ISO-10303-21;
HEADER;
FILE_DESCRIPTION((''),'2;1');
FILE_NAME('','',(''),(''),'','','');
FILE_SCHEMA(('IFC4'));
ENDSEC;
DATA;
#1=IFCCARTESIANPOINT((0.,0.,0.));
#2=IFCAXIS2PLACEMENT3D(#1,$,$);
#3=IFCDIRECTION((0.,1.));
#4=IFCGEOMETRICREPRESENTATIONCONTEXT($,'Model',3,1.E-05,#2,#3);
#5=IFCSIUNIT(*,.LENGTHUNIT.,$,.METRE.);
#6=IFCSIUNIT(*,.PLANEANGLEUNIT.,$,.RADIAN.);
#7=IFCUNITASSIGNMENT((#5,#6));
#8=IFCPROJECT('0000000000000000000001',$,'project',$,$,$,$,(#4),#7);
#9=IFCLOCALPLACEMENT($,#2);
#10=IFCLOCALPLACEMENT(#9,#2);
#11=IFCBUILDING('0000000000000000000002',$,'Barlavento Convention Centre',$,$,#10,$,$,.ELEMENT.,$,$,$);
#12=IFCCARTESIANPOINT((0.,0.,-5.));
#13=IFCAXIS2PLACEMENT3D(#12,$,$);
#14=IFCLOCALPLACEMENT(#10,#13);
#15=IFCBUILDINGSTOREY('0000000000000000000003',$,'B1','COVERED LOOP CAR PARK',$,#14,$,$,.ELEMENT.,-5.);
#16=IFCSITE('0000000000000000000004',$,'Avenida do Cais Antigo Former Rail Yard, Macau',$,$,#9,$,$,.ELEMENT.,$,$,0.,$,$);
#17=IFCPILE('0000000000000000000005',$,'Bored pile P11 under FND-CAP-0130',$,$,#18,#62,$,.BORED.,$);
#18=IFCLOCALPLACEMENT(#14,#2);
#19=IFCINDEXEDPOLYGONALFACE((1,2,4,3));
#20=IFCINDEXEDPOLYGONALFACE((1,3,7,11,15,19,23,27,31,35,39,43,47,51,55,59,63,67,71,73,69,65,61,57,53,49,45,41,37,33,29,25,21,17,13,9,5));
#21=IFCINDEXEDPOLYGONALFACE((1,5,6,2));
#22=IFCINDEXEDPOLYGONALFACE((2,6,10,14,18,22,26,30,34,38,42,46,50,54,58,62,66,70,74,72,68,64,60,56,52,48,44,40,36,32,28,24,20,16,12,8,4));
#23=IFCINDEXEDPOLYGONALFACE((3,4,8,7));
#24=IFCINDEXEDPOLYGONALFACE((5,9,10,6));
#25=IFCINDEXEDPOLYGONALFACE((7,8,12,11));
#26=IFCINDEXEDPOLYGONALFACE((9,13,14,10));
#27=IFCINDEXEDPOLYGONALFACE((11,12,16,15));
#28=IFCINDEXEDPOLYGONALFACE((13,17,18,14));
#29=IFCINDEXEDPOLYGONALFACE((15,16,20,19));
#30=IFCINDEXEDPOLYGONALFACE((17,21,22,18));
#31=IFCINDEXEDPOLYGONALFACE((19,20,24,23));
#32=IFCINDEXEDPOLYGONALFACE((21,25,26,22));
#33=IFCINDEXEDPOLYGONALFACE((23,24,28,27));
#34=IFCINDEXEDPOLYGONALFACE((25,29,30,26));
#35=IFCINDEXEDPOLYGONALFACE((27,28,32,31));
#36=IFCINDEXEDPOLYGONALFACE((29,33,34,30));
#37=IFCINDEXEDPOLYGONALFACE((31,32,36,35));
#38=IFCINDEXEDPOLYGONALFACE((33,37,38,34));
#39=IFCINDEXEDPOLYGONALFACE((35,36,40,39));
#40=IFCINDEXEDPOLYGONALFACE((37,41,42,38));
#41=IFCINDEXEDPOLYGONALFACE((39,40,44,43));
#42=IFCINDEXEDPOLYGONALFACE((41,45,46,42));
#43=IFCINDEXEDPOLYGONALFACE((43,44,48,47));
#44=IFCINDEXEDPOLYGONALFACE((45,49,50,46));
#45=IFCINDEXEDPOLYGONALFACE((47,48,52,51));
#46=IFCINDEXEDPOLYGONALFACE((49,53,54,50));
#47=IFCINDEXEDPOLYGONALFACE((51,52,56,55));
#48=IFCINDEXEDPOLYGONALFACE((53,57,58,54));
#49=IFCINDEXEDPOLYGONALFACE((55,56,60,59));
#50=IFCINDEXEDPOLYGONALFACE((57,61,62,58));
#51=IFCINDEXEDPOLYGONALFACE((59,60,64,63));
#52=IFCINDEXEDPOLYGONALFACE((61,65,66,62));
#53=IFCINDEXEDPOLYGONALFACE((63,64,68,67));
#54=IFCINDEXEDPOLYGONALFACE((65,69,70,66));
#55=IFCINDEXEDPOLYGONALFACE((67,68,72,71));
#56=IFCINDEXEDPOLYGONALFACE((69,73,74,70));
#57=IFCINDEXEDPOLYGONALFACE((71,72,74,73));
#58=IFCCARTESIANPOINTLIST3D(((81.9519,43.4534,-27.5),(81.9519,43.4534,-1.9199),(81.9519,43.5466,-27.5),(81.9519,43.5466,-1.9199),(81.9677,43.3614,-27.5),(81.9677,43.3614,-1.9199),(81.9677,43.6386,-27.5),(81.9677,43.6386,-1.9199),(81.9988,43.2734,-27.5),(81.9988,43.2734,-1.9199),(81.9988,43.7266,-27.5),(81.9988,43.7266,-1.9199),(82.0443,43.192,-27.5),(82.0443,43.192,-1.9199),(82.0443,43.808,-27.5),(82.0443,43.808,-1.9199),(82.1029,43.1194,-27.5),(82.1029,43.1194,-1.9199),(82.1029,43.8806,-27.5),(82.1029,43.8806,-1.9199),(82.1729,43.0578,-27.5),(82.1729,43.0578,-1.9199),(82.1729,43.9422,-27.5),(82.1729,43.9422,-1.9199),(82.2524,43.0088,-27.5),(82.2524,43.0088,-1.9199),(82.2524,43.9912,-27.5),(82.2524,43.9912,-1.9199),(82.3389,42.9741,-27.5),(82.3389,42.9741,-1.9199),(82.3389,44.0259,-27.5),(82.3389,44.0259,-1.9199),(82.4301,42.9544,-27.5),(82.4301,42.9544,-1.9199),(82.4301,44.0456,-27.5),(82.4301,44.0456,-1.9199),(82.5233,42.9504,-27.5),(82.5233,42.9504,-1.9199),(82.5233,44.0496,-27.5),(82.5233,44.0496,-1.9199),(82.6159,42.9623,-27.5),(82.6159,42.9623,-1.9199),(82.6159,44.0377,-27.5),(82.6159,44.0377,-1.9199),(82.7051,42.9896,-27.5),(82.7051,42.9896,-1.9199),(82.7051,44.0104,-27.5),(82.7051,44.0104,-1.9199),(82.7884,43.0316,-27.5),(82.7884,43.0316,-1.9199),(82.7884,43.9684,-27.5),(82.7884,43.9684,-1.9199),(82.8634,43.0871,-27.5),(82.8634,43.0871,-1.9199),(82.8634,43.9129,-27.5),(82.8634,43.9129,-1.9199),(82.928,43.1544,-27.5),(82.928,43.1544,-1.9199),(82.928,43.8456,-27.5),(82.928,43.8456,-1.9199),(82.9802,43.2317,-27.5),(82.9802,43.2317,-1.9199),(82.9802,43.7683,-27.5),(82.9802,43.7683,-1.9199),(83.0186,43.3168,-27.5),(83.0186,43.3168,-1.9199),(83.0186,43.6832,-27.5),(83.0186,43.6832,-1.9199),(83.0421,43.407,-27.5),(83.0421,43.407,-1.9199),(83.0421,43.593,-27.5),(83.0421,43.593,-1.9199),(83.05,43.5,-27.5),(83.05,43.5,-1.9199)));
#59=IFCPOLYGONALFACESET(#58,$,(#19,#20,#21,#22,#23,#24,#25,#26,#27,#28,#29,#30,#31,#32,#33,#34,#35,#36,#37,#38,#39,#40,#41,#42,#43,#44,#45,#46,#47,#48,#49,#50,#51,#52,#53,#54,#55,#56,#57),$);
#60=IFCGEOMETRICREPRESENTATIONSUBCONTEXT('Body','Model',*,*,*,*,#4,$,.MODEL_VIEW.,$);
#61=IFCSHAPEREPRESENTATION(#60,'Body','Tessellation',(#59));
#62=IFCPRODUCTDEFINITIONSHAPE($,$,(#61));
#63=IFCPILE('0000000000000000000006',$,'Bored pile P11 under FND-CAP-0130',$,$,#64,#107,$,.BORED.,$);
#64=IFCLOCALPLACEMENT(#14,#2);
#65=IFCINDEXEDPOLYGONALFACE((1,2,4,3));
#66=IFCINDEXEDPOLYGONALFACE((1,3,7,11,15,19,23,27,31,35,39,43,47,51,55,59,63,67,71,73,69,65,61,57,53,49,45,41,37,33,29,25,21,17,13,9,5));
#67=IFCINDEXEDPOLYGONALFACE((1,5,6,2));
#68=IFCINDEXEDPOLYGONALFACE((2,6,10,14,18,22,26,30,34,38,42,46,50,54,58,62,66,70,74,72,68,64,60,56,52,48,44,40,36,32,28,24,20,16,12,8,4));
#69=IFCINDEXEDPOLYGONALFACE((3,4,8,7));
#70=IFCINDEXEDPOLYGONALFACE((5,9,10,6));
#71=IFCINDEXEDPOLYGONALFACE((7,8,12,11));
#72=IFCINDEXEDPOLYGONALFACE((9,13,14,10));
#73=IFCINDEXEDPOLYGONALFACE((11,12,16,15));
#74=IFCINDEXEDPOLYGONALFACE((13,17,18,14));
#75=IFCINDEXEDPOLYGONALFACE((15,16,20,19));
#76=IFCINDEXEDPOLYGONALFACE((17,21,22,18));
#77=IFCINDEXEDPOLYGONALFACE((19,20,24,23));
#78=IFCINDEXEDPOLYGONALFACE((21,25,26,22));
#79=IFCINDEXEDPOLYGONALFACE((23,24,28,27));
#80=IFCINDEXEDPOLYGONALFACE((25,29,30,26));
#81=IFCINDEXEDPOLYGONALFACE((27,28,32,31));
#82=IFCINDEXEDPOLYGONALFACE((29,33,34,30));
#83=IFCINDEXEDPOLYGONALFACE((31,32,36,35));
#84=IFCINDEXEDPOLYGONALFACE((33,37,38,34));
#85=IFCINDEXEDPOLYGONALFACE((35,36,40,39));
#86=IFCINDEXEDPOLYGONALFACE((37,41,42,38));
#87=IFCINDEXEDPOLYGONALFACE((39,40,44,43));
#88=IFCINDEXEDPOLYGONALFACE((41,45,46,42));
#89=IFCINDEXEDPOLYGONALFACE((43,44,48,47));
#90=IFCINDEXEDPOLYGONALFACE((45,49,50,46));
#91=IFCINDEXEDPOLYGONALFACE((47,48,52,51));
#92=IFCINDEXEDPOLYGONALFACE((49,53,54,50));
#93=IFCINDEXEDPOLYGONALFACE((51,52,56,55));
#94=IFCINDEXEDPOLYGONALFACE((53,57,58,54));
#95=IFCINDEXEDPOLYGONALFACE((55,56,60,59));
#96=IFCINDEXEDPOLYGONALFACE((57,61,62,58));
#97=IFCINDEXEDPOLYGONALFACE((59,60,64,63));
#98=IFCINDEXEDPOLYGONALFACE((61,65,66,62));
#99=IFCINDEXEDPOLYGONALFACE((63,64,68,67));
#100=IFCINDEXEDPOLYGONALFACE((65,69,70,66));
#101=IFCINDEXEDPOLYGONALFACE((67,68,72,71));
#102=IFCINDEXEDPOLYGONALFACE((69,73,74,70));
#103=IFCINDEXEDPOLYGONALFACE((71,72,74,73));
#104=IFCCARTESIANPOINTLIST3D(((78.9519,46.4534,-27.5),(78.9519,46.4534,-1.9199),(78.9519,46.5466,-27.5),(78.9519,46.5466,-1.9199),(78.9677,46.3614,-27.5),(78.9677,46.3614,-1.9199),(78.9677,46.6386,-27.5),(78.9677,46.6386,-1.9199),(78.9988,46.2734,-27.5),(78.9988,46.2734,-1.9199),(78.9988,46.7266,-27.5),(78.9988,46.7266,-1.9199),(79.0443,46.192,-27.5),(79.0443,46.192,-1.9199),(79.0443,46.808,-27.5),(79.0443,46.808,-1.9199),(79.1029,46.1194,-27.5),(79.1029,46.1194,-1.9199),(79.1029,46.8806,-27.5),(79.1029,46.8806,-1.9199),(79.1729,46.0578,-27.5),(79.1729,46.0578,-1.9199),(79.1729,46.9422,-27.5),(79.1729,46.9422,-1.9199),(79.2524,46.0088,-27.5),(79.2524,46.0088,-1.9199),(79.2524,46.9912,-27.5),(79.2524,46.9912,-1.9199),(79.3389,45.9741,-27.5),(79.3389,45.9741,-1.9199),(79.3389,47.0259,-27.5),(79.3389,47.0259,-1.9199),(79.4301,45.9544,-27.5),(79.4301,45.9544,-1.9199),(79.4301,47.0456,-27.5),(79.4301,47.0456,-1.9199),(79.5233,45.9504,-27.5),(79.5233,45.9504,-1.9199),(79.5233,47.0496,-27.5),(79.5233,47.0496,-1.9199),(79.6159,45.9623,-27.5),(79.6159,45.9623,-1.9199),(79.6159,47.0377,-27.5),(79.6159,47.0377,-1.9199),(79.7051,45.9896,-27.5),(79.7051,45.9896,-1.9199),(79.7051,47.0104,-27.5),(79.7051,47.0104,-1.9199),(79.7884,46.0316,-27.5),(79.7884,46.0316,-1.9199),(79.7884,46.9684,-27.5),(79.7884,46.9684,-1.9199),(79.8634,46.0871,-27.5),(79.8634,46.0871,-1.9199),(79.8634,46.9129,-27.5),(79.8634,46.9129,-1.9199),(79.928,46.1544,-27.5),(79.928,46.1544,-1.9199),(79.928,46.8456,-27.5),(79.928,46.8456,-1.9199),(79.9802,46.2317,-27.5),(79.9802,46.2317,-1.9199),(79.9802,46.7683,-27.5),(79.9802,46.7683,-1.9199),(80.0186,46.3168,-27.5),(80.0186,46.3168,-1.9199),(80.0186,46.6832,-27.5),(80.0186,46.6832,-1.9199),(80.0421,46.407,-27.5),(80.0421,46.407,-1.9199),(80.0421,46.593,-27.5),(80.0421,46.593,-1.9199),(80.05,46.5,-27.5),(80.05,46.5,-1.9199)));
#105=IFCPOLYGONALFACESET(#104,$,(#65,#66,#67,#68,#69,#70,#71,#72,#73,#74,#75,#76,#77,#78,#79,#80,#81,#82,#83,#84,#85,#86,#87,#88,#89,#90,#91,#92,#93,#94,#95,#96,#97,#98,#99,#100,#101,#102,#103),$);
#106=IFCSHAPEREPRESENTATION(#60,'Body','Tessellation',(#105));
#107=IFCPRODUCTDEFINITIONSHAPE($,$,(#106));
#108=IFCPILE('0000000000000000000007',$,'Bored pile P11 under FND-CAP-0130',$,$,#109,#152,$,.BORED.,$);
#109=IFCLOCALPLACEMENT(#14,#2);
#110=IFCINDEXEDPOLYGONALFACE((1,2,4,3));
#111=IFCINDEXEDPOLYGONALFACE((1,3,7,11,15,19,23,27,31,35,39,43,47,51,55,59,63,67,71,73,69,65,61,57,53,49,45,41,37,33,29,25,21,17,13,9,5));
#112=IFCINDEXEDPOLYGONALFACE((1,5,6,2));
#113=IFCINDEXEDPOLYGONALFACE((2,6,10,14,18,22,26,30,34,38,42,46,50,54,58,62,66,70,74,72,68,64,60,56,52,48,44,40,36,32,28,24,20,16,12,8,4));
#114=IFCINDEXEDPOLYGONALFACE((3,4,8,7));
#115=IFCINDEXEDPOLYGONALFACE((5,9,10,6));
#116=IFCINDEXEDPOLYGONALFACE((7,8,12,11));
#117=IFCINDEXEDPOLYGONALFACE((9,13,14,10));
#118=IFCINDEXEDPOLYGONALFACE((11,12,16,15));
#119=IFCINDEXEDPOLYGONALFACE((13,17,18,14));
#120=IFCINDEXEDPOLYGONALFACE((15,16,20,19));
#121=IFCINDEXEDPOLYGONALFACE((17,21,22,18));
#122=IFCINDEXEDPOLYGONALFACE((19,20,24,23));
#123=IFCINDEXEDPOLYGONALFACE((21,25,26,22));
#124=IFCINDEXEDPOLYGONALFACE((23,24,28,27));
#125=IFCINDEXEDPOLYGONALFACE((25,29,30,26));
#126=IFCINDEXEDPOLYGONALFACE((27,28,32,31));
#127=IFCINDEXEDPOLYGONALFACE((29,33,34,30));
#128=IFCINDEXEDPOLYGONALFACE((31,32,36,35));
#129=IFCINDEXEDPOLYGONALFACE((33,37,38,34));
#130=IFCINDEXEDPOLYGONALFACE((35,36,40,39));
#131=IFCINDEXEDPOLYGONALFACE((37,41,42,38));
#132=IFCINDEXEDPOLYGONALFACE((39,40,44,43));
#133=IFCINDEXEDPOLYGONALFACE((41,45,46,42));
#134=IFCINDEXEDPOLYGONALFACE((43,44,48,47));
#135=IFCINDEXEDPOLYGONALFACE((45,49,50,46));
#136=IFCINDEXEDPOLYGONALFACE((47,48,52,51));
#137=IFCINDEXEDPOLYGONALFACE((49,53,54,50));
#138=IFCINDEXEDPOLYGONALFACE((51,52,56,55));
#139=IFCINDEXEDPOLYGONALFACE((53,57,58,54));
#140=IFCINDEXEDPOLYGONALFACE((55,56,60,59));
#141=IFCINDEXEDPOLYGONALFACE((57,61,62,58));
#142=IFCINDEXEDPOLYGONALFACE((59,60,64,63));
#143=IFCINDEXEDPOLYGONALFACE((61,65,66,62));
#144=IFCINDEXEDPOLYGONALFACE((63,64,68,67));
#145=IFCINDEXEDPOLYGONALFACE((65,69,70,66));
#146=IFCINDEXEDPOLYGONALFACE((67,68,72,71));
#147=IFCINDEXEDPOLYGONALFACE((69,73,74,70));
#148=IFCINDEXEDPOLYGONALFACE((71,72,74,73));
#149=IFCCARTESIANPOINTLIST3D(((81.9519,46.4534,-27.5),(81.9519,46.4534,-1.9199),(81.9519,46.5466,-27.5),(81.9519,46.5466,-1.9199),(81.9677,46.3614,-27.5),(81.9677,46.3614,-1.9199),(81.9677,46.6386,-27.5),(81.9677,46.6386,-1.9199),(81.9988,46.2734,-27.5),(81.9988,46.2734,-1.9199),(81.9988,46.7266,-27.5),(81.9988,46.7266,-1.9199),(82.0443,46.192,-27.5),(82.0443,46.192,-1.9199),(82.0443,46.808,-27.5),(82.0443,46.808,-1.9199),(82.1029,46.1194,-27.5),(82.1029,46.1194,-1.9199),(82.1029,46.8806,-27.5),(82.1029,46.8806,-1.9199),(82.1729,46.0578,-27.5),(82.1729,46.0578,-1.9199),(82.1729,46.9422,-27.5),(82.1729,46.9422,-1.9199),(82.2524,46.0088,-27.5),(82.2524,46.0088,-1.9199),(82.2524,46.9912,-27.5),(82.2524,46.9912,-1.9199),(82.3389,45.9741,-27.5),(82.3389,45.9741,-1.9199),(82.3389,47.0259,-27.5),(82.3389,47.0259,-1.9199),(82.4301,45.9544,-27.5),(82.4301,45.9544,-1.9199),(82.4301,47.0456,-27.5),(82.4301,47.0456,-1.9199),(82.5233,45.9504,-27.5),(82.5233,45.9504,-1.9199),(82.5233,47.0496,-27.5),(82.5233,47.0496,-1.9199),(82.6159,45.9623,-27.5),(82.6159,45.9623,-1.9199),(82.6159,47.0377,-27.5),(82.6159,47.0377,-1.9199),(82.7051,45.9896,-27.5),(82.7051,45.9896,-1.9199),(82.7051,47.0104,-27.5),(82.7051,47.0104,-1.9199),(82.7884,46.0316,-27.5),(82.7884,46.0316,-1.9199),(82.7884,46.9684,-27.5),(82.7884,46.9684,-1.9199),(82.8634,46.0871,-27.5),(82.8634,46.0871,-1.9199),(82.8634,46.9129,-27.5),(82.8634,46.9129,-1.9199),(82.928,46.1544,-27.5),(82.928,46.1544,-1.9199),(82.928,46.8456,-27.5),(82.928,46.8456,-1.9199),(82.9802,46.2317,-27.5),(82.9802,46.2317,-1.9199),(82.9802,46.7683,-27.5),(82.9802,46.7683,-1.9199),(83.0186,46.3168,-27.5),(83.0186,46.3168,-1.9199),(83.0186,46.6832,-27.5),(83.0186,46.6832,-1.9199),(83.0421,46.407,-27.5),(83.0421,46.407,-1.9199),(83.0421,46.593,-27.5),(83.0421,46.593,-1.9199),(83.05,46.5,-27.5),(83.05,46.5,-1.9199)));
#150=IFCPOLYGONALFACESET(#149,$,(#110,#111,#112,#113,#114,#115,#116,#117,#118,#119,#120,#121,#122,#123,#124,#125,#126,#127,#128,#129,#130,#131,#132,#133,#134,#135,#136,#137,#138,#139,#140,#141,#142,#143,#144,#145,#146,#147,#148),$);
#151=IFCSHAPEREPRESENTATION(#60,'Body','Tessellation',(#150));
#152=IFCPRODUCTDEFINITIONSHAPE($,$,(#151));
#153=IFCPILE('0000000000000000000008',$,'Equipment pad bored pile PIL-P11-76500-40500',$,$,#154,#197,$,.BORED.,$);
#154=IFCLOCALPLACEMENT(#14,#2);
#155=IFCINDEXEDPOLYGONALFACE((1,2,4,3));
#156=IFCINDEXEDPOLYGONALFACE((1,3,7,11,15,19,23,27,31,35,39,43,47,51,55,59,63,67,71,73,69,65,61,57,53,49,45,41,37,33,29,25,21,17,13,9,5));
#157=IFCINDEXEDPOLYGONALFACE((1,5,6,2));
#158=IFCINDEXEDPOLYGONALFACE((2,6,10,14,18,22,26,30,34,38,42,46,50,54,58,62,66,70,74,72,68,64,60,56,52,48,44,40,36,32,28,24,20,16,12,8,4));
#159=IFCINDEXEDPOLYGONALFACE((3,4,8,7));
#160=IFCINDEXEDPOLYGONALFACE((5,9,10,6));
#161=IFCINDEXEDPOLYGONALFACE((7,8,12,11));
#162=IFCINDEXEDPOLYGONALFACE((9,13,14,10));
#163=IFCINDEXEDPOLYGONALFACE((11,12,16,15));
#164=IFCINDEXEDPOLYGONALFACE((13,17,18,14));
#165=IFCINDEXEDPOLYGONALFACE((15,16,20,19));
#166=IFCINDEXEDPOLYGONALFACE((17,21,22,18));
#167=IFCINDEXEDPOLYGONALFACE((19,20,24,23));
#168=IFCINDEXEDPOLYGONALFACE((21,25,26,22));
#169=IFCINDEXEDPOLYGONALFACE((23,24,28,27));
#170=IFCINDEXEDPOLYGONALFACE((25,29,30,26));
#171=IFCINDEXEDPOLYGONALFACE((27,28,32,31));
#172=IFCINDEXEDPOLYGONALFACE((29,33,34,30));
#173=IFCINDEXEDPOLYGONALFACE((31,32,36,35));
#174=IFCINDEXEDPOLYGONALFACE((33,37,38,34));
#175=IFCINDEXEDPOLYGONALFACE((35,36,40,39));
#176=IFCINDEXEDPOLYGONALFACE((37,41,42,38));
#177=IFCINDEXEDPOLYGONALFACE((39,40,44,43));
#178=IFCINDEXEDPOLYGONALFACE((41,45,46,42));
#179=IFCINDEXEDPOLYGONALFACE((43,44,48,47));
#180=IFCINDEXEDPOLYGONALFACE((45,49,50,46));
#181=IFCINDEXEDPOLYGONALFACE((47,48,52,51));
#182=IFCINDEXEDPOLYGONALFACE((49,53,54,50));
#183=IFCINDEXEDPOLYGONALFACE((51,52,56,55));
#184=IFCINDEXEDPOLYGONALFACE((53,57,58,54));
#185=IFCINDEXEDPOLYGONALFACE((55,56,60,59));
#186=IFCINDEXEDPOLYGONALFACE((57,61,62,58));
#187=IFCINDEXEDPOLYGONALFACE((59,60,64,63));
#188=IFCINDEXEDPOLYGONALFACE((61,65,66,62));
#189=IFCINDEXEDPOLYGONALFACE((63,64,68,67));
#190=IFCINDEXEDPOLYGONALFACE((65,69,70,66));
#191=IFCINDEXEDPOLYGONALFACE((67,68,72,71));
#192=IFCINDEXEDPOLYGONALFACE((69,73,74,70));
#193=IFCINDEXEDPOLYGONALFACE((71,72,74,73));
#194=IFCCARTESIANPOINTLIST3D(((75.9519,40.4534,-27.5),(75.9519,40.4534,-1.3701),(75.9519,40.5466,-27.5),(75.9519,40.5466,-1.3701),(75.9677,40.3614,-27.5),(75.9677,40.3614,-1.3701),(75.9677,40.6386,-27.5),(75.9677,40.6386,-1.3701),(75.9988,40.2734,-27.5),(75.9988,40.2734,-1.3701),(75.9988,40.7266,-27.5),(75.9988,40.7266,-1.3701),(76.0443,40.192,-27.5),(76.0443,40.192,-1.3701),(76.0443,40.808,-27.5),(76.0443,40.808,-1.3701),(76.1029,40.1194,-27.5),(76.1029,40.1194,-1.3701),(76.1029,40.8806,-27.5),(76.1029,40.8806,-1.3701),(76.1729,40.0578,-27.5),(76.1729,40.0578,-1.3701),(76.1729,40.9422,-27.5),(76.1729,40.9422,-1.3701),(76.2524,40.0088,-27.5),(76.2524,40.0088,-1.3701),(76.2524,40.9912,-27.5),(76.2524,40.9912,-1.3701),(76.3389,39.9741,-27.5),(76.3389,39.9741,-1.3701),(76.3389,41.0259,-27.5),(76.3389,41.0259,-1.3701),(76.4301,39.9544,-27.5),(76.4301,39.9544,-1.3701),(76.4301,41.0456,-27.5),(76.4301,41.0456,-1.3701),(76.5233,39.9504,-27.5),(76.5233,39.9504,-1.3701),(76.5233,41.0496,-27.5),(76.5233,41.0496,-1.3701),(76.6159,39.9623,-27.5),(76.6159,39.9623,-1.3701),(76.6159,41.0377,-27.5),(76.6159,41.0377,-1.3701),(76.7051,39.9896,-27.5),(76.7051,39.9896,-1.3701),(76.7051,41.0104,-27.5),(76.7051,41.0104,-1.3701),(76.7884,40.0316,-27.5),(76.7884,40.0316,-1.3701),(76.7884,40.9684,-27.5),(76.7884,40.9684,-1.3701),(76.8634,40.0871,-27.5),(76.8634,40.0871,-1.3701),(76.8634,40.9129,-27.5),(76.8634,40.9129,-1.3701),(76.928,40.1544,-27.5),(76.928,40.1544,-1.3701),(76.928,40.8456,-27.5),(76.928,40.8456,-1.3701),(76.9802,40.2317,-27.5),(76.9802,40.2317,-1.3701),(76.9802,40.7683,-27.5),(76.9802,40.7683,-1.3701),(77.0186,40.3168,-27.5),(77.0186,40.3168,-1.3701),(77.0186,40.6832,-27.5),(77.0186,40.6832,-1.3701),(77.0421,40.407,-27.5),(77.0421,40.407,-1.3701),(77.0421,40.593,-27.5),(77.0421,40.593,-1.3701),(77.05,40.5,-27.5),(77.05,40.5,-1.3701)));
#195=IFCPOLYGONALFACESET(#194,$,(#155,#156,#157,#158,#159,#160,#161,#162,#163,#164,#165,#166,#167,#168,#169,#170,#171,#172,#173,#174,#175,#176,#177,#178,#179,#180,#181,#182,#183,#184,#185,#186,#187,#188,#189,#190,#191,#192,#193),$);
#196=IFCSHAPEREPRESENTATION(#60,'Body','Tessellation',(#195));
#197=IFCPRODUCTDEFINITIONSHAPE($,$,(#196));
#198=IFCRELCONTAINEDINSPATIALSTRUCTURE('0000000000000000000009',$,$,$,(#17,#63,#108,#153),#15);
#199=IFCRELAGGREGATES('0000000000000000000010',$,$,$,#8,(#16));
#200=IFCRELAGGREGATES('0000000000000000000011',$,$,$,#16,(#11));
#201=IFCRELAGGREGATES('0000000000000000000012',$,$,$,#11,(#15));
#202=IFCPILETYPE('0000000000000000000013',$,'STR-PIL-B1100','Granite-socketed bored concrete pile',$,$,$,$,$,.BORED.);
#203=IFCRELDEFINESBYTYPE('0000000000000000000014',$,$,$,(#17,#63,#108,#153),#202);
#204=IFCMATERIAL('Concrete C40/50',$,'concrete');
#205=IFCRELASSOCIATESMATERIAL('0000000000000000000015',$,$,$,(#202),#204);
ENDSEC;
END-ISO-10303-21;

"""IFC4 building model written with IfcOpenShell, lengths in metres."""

from ifc_helpers import new_model, si_unit, direction, frame, origin, origin_2d, place, context, subcontext, project, spatial, circle, extrude, material, material_profile, profile_set, type_object, element, save


model = new_model("IFC4")

# Units and contexts
model_context = context("Model", 3, precision=1e-05, world=origin(), true_north=direction((0.0, 1.0)))
body_context = subcontext(model_context, "Body", "Model", "MODEL_VIEW")
ifc_project = project(units=[si_unit("LENGTHUNIT", "METRE"), si_unit("PLANEANGLEUNIT", "RADIAN")], contexts=[model_context])

# Site, building, storey
site_placement = place(None, origin())
site = spatial("IfcSite", under=ifc_project, at=site_placement, Name="Avenida do Cais Antigo Former Rail Yard, Macau", CompositionType="ELEMENT", RefElevation=0.0)
building_placement = place(site_placement, origin())
building = spatial("IfcBuilding", under=site, at=building_placement, Name="Barlavento Convention Centre", CompositionType="ELEMENT")
storey_placement = place(building_placement, frame((0.0, 0.0, -5.0)))
storey = spatial("IfcBuildingStorey", under=building, at=storey_placement, Name="B1", Description="COVERED LOOP CAR PARK", CompositionType="ELEMENT", Elevation=-5.0)

# Shared definitions
ifc_material_1 = material(Name="Concrete C40/50", Category="concrete")

# Piles
ifc_material_profile_1 = material_profile(ifc_material_1, circle(Radius=0.55, at=origin_2d()), Name="BORED PILE 1100")
ifc_profile_set_1 = profile_set([ifc_material_profile_1], Name="Concrete C40/50")
pile_type_1 = type_object("IfcPileType", Name="STR-PIL-B1100", Description="Granite-socketed bored concrete pile", PredefinedType="BORED", material=ifc_profile_set_1)
for number, where, z_axis, x_axis, name in (
    (1, (82.5, 43.5, -1.9199), (0.0, 0.0, -1.0), (1.0, 0.0, 0.0), "Bored pile P11 under FND-CAP-0130"),
    (2, (79.5, 46.5, -1.9199), (0.0, 0.0, -1.0), (1.0, 0.0, 0.0), "Bored pile P11 under FND-CAP-0130"),
    (3, (82.5, 46.5, -1.9199), (0.0, 0.0, -1.0), (1.0, 0.0, 0.0), "Bored pile P11 under FND-CAP-0130"),
):
    element("IfcPile", number, at=place(storey_placement, frame(where, z_axis=z_axis, x_axis=x_axis)), inside=storey, type_object=pile_type_1, Name=name, PredefinedType="BORED", context=body_context, shape_type="SweptSolid", body=[
        extrude(circle(Radius=0.55, at=origin_2d()), origin(), (0.0, 0.0, 1.0), 25.5801),
    ])
for number, where, z_axis, x_axis, name in (
    (4, (76.5, 40.5, -1.3701), (0.0, 0.0, -1.0), (1.0, 0.0, 0.0), "Equipment pad bored pile PIL-P11-76500-40500"),
):
    element("IfcPile", number, at=place(storey_placement, frame(where, z_axis=z_axis, x_axis=x_axis)), inside=storey, type_object=pile_type_1, Name=name, PredefinedType="BORED", context=body_context, shape_type="SweptSolid", body=[
        extrude(circle(Radius=0.55, at=origin_2d()), origin(), (0.0, 0.0, 1.0), 26.1299),
    ])

save(model, "model.ifc")
